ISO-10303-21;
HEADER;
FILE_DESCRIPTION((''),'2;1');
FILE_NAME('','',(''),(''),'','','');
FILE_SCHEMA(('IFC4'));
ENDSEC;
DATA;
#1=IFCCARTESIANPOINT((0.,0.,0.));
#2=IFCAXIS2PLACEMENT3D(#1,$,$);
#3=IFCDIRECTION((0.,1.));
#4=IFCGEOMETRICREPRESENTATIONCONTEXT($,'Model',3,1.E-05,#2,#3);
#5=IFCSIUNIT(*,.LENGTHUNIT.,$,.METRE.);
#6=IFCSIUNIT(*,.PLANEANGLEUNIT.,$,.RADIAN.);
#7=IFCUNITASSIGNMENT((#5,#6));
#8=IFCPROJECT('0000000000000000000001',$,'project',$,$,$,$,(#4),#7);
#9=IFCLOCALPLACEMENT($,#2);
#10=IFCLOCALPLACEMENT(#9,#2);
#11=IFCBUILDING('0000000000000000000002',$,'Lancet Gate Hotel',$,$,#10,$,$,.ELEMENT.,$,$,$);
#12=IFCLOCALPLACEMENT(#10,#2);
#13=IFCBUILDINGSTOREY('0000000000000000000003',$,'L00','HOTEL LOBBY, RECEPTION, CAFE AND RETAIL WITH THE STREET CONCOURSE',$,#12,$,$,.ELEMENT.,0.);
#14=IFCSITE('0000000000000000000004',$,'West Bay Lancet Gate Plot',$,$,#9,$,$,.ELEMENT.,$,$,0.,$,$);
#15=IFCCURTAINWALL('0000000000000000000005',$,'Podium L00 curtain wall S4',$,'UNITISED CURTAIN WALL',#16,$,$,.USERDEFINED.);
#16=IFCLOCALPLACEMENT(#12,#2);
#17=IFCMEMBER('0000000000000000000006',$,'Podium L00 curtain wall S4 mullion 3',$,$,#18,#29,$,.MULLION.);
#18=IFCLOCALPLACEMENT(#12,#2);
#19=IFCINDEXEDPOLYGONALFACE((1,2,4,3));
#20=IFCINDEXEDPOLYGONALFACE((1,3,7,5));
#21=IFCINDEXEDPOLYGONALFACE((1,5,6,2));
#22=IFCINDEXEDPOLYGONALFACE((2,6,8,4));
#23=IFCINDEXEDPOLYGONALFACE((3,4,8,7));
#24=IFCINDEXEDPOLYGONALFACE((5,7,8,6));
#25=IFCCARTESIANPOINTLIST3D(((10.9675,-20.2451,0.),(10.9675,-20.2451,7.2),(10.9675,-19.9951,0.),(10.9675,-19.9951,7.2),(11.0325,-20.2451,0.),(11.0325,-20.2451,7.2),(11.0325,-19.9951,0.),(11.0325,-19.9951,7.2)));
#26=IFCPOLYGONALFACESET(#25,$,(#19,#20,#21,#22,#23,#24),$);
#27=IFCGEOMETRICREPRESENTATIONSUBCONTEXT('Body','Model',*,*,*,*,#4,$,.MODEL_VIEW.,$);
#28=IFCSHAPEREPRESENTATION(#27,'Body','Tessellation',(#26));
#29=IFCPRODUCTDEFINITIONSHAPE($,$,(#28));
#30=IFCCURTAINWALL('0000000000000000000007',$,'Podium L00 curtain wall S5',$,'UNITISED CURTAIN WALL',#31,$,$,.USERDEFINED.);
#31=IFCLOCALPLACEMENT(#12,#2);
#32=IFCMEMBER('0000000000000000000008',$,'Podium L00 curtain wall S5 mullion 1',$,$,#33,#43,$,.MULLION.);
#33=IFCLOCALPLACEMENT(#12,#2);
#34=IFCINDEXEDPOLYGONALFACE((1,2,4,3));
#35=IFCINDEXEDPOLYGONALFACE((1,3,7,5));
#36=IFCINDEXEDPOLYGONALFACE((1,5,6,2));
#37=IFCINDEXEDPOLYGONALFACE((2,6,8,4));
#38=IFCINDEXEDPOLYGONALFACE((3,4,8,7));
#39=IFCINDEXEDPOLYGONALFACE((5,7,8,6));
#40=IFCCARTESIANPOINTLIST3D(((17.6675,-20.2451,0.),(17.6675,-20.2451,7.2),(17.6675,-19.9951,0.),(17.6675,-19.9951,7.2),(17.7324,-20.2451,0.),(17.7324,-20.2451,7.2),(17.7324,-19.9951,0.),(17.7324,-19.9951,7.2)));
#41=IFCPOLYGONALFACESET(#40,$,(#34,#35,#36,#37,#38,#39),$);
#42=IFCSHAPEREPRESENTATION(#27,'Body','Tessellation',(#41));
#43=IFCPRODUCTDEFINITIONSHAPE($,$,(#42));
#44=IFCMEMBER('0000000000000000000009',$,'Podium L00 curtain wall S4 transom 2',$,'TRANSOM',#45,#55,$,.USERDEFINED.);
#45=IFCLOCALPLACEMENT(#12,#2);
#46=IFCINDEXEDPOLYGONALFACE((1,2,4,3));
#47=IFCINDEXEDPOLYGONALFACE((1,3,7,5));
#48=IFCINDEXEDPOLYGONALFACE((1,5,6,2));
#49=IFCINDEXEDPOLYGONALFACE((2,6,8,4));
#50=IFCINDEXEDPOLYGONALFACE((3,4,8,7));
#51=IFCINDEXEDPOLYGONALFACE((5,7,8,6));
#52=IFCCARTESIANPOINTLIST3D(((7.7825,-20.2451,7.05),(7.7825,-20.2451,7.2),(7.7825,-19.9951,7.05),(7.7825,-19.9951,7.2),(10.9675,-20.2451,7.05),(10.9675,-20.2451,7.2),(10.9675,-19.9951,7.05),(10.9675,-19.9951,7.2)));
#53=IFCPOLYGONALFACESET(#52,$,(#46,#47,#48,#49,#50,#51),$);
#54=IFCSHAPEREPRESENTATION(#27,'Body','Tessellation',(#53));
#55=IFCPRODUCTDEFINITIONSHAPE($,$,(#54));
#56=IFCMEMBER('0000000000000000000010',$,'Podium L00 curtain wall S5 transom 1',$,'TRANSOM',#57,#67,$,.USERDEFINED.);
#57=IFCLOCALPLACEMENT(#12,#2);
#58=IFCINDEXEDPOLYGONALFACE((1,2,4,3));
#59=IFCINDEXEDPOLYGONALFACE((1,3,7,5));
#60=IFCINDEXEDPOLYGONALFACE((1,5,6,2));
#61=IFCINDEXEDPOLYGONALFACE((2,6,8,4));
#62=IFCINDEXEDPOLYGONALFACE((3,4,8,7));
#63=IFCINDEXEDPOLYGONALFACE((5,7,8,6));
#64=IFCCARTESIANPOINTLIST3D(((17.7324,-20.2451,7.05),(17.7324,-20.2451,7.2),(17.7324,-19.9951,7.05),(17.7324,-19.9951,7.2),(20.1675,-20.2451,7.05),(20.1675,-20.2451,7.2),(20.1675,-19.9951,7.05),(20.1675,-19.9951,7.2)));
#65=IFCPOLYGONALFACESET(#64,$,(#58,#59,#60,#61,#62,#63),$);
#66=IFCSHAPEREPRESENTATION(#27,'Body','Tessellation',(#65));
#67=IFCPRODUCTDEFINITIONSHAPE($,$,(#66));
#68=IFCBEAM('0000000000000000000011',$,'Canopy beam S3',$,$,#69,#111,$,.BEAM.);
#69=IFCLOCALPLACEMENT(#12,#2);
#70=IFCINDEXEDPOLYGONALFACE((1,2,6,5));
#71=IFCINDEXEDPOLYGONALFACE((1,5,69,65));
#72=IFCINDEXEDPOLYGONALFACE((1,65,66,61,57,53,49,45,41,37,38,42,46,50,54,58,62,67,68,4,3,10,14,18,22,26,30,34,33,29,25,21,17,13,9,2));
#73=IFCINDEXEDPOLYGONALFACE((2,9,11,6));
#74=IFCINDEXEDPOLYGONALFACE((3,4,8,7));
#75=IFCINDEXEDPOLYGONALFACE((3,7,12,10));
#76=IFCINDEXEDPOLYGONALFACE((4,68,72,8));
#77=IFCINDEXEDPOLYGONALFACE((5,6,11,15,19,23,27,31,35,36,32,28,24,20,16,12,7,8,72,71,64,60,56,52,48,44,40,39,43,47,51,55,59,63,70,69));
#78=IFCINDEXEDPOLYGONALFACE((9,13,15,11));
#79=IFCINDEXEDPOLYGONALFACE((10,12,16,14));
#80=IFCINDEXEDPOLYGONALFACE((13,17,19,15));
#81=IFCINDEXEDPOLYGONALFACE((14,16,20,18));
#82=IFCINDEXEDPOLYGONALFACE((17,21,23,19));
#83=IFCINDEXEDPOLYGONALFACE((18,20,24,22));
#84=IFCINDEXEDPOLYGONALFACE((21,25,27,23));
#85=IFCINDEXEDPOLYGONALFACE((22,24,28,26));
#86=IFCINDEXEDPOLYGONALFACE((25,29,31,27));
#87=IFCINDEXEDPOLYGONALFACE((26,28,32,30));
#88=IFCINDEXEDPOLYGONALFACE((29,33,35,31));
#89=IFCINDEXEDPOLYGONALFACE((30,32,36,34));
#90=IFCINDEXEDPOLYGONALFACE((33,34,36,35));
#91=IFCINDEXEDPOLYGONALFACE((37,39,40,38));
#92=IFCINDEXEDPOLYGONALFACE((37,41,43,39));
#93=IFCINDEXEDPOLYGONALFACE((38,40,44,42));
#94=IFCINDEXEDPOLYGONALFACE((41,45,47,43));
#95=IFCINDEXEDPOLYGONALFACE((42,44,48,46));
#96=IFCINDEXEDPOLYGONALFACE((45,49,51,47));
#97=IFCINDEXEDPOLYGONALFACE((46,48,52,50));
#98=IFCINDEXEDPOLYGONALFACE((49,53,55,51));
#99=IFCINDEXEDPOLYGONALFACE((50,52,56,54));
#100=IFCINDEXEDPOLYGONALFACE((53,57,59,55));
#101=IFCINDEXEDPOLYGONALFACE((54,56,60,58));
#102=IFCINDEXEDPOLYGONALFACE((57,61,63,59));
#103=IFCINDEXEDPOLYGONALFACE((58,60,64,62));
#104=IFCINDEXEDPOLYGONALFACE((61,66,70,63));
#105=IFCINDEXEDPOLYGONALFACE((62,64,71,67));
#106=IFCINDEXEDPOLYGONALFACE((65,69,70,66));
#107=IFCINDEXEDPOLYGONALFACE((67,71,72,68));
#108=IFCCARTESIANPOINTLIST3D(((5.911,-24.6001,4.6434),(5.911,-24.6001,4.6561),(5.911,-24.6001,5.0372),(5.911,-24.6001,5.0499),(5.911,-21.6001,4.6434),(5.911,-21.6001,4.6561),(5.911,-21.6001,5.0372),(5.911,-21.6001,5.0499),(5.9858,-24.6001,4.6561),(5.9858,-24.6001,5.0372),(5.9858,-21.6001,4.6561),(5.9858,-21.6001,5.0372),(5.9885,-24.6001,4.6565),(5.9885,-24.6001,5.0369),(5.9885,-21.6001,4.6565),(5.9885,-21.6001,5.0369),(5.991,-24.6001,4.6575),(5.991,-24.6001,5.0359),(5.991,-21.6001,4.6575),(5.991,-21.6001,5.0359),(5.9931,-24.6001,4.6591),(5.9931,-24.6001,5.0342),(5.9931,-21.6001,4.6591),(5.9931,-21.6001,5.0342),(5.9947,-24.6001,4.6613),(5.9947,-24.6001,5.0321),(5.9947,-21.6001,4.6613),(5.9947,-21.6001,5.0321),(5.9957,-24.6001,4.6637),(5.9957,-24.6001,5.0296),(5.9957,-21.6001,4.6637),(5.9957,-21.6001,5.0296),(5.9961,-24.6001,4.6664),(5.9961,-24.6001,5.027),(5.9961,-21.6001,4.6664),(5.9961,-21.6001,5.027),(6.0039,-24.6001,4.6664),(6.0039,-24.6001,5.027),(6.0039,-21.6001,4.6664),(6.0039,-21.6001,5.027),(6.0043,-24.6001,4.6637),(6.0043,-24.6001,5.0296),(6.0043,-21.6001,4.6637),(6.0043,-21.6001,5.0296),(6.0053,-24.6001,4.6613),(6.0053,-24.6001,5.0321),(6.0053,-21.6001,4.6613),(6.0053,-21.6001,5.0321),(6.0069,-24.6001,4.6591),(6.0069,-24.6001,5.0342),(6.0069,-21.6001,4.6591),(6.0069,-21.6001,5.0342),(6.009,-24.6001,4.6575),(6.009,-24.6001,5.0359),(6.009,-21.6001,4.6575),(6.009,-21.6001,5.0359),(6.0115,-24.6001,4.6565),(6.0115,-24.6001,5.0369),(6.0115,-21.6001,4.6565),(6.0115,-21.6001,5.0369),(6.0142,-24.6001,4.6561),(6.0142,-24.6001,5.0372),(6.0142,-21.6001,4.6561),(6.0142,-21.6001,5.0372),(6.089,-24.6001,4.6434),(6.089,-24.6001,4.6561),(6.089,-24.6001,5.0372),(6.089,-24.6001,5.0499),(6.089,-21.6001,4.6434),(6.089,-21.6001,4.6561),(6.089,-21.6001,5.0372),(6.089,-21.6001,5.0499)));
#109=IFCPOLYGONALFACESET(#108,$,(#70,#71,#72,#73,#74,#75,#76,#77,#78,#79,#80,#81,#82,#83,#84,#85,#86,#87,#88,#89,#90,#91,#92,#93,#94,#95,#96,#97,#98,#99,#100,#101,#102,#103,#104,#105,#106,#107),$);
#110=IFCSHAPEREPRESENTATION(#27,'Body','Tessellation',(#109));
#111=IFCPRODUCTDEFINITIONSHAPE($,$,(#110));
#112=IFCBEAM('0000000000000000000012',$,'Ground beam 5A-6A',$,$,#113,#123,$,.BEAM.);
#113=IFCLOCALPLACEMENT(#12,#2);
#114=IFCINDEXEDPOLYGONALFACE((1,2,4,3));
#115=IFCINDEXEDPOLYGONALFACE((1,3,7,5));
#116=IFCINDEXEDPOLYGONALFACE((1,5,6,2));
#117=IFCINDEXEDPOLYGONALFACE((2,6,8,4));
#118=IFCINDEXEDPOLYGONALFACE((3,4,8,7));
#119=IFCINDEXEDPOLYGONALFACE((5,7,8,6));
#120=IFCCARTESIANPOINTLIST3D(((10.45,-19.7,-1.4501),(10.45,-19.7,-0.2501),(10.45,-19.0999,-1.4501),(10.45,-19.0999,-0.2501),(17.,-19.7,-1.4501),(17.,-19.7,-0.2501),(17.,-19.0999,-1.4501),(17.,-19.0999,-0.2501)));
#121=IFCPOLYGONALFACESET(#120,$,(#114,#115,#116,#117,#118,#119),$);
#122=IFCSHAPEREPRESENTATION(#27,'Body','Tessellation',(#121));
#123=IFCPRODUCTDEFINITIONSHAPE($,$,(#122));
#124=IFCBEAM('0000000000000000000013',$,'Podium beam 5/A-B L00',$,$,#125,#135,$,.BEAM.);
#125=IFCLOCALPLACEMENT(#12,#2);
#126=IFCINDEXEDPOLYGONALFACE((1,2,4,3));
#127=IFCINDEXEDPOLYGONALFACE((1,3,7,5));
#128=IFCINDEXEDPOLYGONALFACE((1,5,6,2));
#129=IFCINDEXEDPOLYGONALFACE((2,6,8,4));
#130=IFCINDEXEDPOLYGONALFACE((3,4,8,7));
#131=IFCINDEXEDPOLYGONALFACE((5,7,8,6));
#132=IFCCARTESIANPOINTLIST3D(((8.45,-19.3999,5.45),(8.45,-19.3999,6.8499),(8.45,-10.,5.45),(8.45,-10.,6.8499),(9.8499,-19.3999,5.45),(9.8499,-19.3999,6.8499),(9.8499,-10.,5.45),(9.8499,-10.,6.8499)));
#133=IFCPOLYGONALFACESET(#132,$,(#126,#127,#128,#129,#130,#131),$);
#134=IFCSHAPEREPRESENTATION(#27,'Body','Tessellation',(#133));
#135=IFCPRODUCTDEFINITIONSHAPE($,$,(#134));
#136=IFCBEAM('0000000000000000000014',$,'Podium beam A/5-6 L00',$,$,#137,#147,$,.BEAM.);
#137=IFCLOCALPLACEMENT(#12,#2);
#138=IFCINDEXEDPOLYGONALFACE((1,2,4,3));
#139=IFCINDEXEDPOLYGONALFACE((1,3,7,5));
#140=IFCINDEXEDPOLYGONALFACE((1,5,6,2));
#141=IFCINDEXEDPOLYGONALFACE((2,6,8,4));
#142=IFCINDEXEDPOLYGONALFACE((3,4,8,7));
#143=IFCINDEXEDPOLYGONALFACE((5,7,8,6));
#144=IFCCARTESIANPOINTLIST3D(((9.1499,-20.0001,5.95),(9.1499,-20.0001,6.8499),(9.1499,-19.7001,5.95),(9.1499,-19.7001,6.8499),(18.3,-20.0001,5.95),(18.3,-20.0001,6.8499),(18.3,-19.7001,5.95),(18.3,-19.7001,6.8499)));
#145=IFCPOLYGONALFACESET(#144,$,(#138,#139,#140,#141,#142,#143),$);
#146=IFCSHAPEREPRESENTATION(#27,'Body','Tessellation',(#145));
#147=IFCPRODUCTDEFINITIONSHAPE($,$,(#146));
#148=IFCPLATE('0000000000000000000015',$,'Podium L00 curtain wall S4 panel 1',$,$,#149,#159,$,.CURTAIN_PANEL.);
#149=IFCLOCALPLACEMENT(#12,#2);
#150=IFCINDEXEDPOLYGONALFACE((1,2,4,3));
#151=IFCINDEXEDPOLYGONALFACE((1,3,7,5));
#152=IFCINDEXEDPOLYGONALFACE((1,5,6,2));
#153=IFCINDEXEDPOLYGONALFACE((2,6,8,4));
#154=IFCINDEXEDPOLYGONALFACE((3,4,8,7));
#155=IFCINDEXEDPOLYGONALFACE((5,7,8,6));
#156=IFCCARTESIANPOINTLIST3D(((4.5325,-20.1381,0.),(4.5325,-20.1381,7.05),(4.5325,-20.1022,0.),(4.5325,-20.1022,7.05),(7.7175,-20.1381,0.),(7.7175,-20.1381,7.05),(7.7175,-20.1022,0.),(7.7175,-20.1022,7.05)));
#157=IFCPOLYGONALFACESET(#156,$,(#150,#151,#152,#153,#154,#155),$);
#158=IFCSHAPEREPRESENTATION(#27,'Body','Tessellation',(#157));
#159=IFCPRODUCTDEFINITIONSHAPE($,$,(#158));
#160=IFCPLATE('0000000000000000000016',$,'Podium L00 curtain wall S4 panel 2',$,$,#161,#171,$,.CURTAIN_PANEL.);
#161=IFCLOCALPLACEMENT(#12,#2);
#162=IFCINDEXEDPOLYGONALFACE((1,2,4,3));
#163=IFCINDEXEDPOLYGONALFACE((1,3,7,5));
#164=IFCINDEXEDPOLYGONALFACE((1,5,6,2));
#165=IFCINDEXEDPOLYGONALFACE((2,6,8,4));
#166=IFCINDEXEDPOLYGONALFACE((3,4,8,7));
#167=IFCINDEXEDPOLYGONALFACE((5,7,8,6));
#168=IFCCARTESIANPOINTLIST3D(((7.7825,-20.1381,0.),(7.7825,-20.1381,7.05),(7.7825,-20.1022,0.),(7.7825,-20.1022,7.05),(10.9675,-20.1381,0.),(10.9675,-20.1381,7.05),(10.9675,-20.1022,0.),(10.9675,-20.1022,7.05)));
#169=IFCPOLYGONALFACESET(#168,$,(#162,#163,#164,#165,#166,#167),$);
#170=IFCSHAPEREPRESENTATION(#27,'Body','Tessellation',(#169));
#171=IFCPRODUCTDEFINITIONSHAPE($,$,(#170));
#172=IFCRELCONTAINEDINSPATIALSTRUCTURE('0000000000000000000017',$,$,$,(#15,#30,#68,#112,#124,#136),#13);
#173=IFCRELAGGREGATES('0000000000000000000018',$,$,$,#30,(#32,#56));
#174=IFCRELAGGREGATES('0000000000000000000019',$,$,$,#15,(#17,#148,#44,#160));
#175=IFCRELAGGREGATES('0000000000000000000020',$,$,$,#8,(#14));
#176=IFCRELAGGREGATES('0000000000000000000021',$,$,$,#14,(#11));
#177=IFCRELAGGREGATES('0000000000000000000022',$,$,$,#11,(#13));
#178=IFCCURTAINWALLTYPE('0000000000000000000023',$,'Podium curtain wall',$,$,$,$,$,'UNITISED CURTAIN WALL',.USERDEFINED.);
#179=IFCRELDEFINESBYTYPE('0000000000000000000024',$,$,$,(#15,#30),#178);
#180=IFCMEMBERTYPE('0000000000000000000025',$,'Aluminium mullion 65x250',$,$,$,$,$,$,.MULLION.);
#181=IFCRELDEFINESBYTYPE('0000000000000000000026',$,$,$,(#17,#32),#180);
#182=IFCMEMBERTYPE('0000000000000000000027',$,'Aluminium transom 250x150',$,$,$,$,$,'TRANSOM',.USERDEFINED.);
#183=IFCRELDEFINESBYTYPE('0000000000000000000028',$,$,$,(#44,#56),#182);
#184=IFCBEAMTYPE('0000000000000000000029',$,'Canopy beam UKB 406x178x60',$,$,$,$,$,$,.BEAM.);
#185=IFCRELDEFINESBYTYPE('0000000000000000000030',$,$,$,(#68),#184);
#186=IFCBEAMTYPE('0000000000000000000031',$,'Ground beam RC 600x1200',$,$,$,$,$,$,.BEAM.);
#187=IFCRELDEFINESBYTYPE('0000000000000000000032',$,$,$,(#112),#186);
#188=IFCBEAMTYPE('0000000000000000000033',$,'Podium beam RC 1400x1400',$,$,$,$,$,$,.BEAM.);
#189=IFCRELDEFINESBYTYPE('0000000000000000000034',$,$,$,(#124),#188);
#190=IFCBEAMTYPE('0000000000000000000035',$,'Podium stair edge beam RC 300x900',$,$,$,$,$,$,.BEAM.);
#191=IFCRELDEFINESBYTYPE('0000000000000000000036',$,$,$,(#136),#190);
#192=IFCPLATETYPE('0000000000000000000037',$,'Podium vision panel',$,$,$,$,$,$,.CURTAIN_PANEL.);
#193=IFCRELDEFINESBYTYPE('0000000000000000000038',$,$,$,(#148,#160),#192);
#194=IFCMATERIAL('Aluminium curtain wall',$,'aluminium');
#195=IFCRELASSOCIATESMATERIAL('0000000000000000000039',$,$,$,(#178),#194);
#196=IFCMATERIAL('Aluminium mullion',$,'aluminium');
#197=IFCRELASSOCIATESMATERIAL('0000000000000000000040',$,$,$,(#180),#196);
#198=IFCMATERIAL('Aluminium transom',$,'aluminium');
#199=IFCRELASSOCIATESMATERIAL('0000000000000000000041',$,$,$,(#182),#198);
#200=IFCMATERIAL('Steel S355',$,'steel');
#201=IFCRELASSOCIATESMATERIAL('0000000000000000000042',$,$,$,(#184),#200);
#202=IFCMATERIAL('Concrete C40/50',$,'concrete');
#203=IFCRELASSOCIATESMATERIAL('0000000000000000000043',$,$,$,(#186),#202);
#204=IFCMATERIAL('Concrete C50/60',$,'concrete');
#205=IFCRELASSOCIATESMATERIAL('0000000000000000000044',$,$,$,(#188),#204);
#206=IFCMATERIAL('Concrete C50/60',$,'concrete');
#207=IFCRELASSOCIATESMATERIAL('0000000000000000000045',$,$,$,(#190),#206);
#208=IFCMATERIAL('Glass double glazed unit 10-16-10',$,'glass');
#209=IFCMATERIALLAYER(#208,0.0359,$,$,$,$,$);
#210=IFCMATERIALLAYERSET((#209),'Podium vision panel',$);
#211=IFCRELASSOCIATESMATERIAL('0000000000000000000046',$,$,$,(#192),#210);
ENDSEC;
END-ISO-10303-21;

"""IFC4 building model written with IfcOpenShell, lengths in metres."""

from ifc_helpers import new_model, si_unit, direction, frame, origin, origin_2d, place, context, subcontext, project, spatial, rectangle, i_section, extrude, material, layer, layer_set, material_profile, profile_set, type_object, element, aggregate, save


model = new_model("IFC4")

# Units and contexts
model_context = context("Model", 3, precision=1e-05, world=origin(), true_north=direction((0.0, 1.0)))
body_context = subcontext(model_context, "Body", "Model", "MODEL_VIEW")
ifc_project = project(units=[si_unit("LENGTHUNIT", "METRE"), si_unit("PLANEANGLEUNIT", "RADIAN")], contexts=[model_context])

# Site, building, storey
site_placement = place(None, origin())
site = spatial("IfcSite", under=ifc_project, at=site_placement, Name="West Bay Lancet Gate Plot", CompositionType="ELEMENT", RefElevation=0.0)
building_placement = place(site_placement, origin())
building = spatial("IfcBuilding", under=site, at=building_placement, Name="Lancet Gate Hotel", CompositionType="ELEMENT")
storey_placement = place(building_placement, origin())
storey = spatial("IfcBuildingStorey", under=building, at=storey_placement, Name="L00", Description="HOTEL LOBBY, RECEPTION, CAFE AND RETAIL WITH THE STREET CONCOURSE", CompositionType="ELEMENT", Elevation=0.0)

# Curtain wall, member
ifc_material_1 = material(Name="Aluminium curtain wall", Category="aluminium")
curtain_wall_type = type_object("IfcCurtainWallType", Name="Podium curtain wall", ElementType="UNITISED CURTAIN WALL", PredefinedType="USERDEFINED", material=ifc_material_1)
curtain_wall_1_placement = place(storey_placement, origin())
curtain_wall_1 = element("IfcCurtainWall", 1, at=curtain_wall_1_placement, inside=storey, type_object=curtain_wall_type, Name="Podium L00 curtain wall S4", ObjectType="UNITISED CURTAIN WALL", PredefinedType="USERDEFINED")
ifc_material_2 = material(Name="Aluminium mullion", Category="aluminium")
ifc_material_profile_1 = material_profile(ifc_material_2, rectangle(XDim=0.0649, YDim=0.25, at=origin_2d()), Name="MULLION 65x250")
ifc_profile_set_1 = profile_set([ifc_material_profile_1], Name="Aluminium mullion")
member_type_1 = type_object("IfcMemberType", Name="Aluminium mullion 65x250", PredefinedType="MULLION", material=ifc_profile_set_1)
member_1_placement = place(storey_placement, frame((11.0, -20.1201, 0.0), z_axis=(0.0, 0.0, 1.0), x_axis=(1.0, 0.0, 0.0)))
member_1 = element("IfcMember", 2, at=member_1_placement, type_object=member_type_1, Name="Podium L00 curtain wall S4 mullion 3", PredefinedType="MULLION", context=body_context, shape_type="SweptSolid", body=[
    extrude(rectangle(XDim=0.0649, YDim=0.25, at=origin_2d()), origin(), (0.0, 0.0, 1.0), 7.2),
])

# Curtain wall, member
curtain_wall_2_placement = place(storey_placement, origin())
curtain_wall_2 = element("IfcCurtainWall", 3, at=curtain_wall_2_placement, inside=storey, type_object=curtain_wall_type, Name="Podium L00 curtain wall S5", ObjectType="UNITISED CURTAIN WALL", PredefinedType="USERDEFINED")
member_2_placement = place(storey_placement, frame((17.7, -20.1201, 0.0), z_axis=(0.0, 0.0, 1.0), x_axis=(1.0, 0.0, 0.0)))
member_2 = element("IfcMember", 4, at=member_2_placement, type_object=member_type_1, Name="Podium L00 curtain wall S5 mullion 1", PredefinedType="MULLION", context=body_context, shape_type="SweptSolid", body=[
    extrude(rectangle(XDim=0.0649, YDim=0.25, at=origin_2d()), origin(), (0.0, 0.0, 1.0), 7.2),
])

# Members
ifc_material_3 = material(Name="Aluminium transom", Category="aluminium")
ifc_material_profile_2 = material_profile(ifc_material_3, rectangle(XDim=0.25, YDim=0.1499, at=origin_2d()), Name="TRANSOM 250x150")
ifc_profile_set_2 = profile_set([ifc_material_profile_2], Name="Aluminium transom")
member_type_2 = type_object("IfcMemberType", Name="Aluminium transom 250x150", ElementType="TRANSOM", PredefinedType="USERDEFINED", material=ifc_profile_set_2)
member_3_placement = place(storey_placement, frame((7.7825, -20.1201, 7.125), z_axis=(1.0, 0.0, 0.0), x_axis=(0.0, 1.0, 0.0)))
member_3 = element("IfcMember", 5, at=member_3_placement, type_object=member_type_2, Name="Podium L00 curtain wall S4 transom 2", ObjectType="TRANSOM", PredefinedType="USERDEFINED", context=body_context, shape_type="SweptSolid", body=[
    extrude(rectangle(XDim=0.25, YDim=0.1499, at=origin_2d()), origin(), (0.0, 0.0, 1.0), 3.1851),
])
member_4_placement = place(storey_placement, frame((17.7324, -20.1201, 7.125), z_axis=(1.0, 0.0, 0.0), x_axis=(0.0, 1.0, 0.0)))
member_4 = element("IfcMember", 6, at=member_4_placement, type_object=member_type_2, Name="Podium L00 curtain wall S5 transom 1", ObjectType="TRANSOM", PredefinedType="USERDEFINED", context=body_context, shape_type="SweptSolid", body=[
    extrude(rectangle(XDim=0.25, YDim=0.1499, at=origin_2d()), origin(), (0.0, 0.0, 1.0), 2.4351),
])
aggregate(curtain_wall_2, [member_2, member_4])

# Beams
ifc_material_4 = material(Name="Steel S355", Category="steel")
ifc_material_profile_3 = material_profile(ifc_material_4, i_section(OverallWidth=0.178, OverallDepth=0.4065, WebThickness=0.0078, FlangeThickness=0.0127, FilletRadius=0.0103, at=origin_2d()), Name="UKB 406x178x60")
ifc_profile_set_3 = profile_set([ifc_material_profile_3], Name="Steel S355")
beam_type_1 = type_object("IfcBeamType", Name="Canopy beam UKB 406x178x60", PredefinedType="BEAM", material=ifc_profile_set_3)
beam_1_placement = place(storey_placement, frame((6.0, -21.6001, 4.8467), z_axis=(0.0, -1.0, 0.0), x_axis=(1.0, 0.0, 0.0)))
element("IfcBeam", 7, at=beam_1_placement, inside=storey, type_object=beam_type_1, Name="Canopy beam S3", PredefinedType="BEAM", context=body_context, shape_type="SweptSolid", body=[
    extrude(i_section(OverallWidth=0.178, OverallDepth=0.4065, WebThickness=0.0078, FlangeThickness=0.0127, FilletRadius=0.0103, at=origin_2d()), origin(), (0.0, 0.0, 1.0), 3.0),
])
ifc_material_5 = material(Name="Concrete C40/50", Category="concrete")
ifc_material_profile_4 = material_profile(ifc_material_5, rectangle(XDim=0.6001, YDim=1.2, at=origin_2d()), Name="RC 600x1200")
ifc_profile_set_4 = profile_set([ifc_material_profile_4], Name="Concrete C40/50")
beam_type_2 = type_object("IfcBeamType", Name="Ground beam RC 600x1200", PredefinedType="BEAM", material=ifc_profile_set_4)
beam_2_placement = place(storey_placement, frame((10.45, -19.3999, -0.8501), z_axis=(1.0, 0.0, 0.0), x_axis=(0.0, 1.0, 0.0)))
element("IfcBeam", 8, at=beam_2_placement, inside=storey, type_object=beam_type_2, Name="Ground beam 5A-6A", PredefinedType="BEAM", context=body_context, shape_type="SweptSolid", body=[
    extrude(rectangle(XDim=0.6001, YDim=1.2, at=origin_2d()), origin(), (0.0, 0.0, 1.0), 6.55),
])
ifc_material_6 = material(Name="Concrete C50/60", Category="concrete")
ifc_material_profile_5 = material_profile(ifc_material_6, rectangle(XDim=1.3999, YDim=1.3999, at=origin_2d()), Name="RC 1400x1400")
ifc_profile_set_5 = profile_set([ifc_material_profile_5], Name="Concrete C50/60")
beam_type_3 = type_object("IfcBeamType", Name="Podium beam RC 1400x1400", PredefinedType="BEAM", material=ifc_profile_set_5)
beam_3_placement = place(storey_placement, frame((9.1499, -19.3999, 6.1499), z_axis=(0.0, 1.0, 0.0), x_axis=(-1.0, 0.0, 0.0)))
element("IfcBeam", 9, at=beam_3_placement, inside=storey, type_object=beam_type_3, Name="Podium beam 5/A-B L00", PredefinedType="BEAM", context=body_context, shape_type="SweptSolid", body=[
    extrude(rectangle(XDim=1.3999, YDim=1.3999, at=origin_2d()), origin(), (0.0, 0.0, 1.0), 9.3999),
])
ifc_material_7 = material(Name="Concrete C50/60", Category="concrete")
ifc_material_profile_6 = material_profile(ifc_material_7, rectangle(XDim=0.3, YDim=0.8999, at=origin_2d()), Name="RC 300x900")
ifc_profile_set_6 = profile_set([ifc_material_profile_6], Name="Concrete C50/60")
beam_type_4 = type_object("IfcBeamType", Name="Podium stair edge beam RC 300x900", PredefinedType="BEAM", material=ifc_profile_set_6)
beam_4_placement = place(storey_placement, frame((9.1499, -19.8501, 6.3999), z_axis=(1.0, 0.0, 0.0), x_axis=(0.0, 1.0, 0.0)))
element("IfcBeam", 10, at=beam_4_placement, inside=storey, type_object=beam_type_4, Name="Podium beam A/5-6 L00", PredefinedType="BEAM", context=body_context, shape_type="SweptSolid", body=[
    extrude(rectangle(XDim=0.3, YDim=0.8999, at=origin_2d()), origin(), (0.0, 0.0, 1.0), 9.1501),
])

# Plates
ifc_material_8 = material(Name="Glass double glazed unit 10-16-10", Category="glass")
ifc_layer_1 = layer(ifc_material_8, 0.0359)
ifc_layer_set_1 = layer_set([ifc_layer_1], Name="Podium vision panel")
plate_type = type_object("IfcPlateType", Name="Podium vision panel", PredefinedType="CURTAIN_PANEL", material=ifc_layer_set_1)
plate_1_placement = place(storey_placement, frame((6.125, -20.1201, 0.0), z_axis=(0.0, 0.0, 1.0), x_axis=(1.0, 0.0, 0.0)))
plate_1 = element("IfcPlate", 11, at=plate_1_placement, type_object=plate_type, Name="Podium L00 curtain wall S4 panel 1", PredefinedType="CURTAIN_PANEL", context=body_context, shape_type="SweptSolid", body=[
    extrude(rectangle(XDim=3.1851, YDim=0.0359, at=origin_2d()), origin(), (0.0, 0.0, 1.0), 7.05),
])
plate_2_placement = place(storey_placement, frame((9.375, -20.1201, 0.0), z_axis=(0.0, 0.0, 1.0), x_axis=(1.0, 0.0, 0.0)))
plate_2 = element("IfcPlate", 12, at=plate_2_placement, type_object=plate_type, Name="Podium L00 curtain wall S4 panel 2", PredefinedType="CURTAIN_PANEL", context=body_context, shape_type="SweptSolid", body=[
    extrude(rectangle(XDim=3.1851, YDim=0.0359, at=origin_2d()), origin(), (0.0, 0.0, 1.0), 7.05),
])
aggregate(curtain_wall_1, [member_1, plate_1, member_3, plate_2])

save(model, "model.ifc")
